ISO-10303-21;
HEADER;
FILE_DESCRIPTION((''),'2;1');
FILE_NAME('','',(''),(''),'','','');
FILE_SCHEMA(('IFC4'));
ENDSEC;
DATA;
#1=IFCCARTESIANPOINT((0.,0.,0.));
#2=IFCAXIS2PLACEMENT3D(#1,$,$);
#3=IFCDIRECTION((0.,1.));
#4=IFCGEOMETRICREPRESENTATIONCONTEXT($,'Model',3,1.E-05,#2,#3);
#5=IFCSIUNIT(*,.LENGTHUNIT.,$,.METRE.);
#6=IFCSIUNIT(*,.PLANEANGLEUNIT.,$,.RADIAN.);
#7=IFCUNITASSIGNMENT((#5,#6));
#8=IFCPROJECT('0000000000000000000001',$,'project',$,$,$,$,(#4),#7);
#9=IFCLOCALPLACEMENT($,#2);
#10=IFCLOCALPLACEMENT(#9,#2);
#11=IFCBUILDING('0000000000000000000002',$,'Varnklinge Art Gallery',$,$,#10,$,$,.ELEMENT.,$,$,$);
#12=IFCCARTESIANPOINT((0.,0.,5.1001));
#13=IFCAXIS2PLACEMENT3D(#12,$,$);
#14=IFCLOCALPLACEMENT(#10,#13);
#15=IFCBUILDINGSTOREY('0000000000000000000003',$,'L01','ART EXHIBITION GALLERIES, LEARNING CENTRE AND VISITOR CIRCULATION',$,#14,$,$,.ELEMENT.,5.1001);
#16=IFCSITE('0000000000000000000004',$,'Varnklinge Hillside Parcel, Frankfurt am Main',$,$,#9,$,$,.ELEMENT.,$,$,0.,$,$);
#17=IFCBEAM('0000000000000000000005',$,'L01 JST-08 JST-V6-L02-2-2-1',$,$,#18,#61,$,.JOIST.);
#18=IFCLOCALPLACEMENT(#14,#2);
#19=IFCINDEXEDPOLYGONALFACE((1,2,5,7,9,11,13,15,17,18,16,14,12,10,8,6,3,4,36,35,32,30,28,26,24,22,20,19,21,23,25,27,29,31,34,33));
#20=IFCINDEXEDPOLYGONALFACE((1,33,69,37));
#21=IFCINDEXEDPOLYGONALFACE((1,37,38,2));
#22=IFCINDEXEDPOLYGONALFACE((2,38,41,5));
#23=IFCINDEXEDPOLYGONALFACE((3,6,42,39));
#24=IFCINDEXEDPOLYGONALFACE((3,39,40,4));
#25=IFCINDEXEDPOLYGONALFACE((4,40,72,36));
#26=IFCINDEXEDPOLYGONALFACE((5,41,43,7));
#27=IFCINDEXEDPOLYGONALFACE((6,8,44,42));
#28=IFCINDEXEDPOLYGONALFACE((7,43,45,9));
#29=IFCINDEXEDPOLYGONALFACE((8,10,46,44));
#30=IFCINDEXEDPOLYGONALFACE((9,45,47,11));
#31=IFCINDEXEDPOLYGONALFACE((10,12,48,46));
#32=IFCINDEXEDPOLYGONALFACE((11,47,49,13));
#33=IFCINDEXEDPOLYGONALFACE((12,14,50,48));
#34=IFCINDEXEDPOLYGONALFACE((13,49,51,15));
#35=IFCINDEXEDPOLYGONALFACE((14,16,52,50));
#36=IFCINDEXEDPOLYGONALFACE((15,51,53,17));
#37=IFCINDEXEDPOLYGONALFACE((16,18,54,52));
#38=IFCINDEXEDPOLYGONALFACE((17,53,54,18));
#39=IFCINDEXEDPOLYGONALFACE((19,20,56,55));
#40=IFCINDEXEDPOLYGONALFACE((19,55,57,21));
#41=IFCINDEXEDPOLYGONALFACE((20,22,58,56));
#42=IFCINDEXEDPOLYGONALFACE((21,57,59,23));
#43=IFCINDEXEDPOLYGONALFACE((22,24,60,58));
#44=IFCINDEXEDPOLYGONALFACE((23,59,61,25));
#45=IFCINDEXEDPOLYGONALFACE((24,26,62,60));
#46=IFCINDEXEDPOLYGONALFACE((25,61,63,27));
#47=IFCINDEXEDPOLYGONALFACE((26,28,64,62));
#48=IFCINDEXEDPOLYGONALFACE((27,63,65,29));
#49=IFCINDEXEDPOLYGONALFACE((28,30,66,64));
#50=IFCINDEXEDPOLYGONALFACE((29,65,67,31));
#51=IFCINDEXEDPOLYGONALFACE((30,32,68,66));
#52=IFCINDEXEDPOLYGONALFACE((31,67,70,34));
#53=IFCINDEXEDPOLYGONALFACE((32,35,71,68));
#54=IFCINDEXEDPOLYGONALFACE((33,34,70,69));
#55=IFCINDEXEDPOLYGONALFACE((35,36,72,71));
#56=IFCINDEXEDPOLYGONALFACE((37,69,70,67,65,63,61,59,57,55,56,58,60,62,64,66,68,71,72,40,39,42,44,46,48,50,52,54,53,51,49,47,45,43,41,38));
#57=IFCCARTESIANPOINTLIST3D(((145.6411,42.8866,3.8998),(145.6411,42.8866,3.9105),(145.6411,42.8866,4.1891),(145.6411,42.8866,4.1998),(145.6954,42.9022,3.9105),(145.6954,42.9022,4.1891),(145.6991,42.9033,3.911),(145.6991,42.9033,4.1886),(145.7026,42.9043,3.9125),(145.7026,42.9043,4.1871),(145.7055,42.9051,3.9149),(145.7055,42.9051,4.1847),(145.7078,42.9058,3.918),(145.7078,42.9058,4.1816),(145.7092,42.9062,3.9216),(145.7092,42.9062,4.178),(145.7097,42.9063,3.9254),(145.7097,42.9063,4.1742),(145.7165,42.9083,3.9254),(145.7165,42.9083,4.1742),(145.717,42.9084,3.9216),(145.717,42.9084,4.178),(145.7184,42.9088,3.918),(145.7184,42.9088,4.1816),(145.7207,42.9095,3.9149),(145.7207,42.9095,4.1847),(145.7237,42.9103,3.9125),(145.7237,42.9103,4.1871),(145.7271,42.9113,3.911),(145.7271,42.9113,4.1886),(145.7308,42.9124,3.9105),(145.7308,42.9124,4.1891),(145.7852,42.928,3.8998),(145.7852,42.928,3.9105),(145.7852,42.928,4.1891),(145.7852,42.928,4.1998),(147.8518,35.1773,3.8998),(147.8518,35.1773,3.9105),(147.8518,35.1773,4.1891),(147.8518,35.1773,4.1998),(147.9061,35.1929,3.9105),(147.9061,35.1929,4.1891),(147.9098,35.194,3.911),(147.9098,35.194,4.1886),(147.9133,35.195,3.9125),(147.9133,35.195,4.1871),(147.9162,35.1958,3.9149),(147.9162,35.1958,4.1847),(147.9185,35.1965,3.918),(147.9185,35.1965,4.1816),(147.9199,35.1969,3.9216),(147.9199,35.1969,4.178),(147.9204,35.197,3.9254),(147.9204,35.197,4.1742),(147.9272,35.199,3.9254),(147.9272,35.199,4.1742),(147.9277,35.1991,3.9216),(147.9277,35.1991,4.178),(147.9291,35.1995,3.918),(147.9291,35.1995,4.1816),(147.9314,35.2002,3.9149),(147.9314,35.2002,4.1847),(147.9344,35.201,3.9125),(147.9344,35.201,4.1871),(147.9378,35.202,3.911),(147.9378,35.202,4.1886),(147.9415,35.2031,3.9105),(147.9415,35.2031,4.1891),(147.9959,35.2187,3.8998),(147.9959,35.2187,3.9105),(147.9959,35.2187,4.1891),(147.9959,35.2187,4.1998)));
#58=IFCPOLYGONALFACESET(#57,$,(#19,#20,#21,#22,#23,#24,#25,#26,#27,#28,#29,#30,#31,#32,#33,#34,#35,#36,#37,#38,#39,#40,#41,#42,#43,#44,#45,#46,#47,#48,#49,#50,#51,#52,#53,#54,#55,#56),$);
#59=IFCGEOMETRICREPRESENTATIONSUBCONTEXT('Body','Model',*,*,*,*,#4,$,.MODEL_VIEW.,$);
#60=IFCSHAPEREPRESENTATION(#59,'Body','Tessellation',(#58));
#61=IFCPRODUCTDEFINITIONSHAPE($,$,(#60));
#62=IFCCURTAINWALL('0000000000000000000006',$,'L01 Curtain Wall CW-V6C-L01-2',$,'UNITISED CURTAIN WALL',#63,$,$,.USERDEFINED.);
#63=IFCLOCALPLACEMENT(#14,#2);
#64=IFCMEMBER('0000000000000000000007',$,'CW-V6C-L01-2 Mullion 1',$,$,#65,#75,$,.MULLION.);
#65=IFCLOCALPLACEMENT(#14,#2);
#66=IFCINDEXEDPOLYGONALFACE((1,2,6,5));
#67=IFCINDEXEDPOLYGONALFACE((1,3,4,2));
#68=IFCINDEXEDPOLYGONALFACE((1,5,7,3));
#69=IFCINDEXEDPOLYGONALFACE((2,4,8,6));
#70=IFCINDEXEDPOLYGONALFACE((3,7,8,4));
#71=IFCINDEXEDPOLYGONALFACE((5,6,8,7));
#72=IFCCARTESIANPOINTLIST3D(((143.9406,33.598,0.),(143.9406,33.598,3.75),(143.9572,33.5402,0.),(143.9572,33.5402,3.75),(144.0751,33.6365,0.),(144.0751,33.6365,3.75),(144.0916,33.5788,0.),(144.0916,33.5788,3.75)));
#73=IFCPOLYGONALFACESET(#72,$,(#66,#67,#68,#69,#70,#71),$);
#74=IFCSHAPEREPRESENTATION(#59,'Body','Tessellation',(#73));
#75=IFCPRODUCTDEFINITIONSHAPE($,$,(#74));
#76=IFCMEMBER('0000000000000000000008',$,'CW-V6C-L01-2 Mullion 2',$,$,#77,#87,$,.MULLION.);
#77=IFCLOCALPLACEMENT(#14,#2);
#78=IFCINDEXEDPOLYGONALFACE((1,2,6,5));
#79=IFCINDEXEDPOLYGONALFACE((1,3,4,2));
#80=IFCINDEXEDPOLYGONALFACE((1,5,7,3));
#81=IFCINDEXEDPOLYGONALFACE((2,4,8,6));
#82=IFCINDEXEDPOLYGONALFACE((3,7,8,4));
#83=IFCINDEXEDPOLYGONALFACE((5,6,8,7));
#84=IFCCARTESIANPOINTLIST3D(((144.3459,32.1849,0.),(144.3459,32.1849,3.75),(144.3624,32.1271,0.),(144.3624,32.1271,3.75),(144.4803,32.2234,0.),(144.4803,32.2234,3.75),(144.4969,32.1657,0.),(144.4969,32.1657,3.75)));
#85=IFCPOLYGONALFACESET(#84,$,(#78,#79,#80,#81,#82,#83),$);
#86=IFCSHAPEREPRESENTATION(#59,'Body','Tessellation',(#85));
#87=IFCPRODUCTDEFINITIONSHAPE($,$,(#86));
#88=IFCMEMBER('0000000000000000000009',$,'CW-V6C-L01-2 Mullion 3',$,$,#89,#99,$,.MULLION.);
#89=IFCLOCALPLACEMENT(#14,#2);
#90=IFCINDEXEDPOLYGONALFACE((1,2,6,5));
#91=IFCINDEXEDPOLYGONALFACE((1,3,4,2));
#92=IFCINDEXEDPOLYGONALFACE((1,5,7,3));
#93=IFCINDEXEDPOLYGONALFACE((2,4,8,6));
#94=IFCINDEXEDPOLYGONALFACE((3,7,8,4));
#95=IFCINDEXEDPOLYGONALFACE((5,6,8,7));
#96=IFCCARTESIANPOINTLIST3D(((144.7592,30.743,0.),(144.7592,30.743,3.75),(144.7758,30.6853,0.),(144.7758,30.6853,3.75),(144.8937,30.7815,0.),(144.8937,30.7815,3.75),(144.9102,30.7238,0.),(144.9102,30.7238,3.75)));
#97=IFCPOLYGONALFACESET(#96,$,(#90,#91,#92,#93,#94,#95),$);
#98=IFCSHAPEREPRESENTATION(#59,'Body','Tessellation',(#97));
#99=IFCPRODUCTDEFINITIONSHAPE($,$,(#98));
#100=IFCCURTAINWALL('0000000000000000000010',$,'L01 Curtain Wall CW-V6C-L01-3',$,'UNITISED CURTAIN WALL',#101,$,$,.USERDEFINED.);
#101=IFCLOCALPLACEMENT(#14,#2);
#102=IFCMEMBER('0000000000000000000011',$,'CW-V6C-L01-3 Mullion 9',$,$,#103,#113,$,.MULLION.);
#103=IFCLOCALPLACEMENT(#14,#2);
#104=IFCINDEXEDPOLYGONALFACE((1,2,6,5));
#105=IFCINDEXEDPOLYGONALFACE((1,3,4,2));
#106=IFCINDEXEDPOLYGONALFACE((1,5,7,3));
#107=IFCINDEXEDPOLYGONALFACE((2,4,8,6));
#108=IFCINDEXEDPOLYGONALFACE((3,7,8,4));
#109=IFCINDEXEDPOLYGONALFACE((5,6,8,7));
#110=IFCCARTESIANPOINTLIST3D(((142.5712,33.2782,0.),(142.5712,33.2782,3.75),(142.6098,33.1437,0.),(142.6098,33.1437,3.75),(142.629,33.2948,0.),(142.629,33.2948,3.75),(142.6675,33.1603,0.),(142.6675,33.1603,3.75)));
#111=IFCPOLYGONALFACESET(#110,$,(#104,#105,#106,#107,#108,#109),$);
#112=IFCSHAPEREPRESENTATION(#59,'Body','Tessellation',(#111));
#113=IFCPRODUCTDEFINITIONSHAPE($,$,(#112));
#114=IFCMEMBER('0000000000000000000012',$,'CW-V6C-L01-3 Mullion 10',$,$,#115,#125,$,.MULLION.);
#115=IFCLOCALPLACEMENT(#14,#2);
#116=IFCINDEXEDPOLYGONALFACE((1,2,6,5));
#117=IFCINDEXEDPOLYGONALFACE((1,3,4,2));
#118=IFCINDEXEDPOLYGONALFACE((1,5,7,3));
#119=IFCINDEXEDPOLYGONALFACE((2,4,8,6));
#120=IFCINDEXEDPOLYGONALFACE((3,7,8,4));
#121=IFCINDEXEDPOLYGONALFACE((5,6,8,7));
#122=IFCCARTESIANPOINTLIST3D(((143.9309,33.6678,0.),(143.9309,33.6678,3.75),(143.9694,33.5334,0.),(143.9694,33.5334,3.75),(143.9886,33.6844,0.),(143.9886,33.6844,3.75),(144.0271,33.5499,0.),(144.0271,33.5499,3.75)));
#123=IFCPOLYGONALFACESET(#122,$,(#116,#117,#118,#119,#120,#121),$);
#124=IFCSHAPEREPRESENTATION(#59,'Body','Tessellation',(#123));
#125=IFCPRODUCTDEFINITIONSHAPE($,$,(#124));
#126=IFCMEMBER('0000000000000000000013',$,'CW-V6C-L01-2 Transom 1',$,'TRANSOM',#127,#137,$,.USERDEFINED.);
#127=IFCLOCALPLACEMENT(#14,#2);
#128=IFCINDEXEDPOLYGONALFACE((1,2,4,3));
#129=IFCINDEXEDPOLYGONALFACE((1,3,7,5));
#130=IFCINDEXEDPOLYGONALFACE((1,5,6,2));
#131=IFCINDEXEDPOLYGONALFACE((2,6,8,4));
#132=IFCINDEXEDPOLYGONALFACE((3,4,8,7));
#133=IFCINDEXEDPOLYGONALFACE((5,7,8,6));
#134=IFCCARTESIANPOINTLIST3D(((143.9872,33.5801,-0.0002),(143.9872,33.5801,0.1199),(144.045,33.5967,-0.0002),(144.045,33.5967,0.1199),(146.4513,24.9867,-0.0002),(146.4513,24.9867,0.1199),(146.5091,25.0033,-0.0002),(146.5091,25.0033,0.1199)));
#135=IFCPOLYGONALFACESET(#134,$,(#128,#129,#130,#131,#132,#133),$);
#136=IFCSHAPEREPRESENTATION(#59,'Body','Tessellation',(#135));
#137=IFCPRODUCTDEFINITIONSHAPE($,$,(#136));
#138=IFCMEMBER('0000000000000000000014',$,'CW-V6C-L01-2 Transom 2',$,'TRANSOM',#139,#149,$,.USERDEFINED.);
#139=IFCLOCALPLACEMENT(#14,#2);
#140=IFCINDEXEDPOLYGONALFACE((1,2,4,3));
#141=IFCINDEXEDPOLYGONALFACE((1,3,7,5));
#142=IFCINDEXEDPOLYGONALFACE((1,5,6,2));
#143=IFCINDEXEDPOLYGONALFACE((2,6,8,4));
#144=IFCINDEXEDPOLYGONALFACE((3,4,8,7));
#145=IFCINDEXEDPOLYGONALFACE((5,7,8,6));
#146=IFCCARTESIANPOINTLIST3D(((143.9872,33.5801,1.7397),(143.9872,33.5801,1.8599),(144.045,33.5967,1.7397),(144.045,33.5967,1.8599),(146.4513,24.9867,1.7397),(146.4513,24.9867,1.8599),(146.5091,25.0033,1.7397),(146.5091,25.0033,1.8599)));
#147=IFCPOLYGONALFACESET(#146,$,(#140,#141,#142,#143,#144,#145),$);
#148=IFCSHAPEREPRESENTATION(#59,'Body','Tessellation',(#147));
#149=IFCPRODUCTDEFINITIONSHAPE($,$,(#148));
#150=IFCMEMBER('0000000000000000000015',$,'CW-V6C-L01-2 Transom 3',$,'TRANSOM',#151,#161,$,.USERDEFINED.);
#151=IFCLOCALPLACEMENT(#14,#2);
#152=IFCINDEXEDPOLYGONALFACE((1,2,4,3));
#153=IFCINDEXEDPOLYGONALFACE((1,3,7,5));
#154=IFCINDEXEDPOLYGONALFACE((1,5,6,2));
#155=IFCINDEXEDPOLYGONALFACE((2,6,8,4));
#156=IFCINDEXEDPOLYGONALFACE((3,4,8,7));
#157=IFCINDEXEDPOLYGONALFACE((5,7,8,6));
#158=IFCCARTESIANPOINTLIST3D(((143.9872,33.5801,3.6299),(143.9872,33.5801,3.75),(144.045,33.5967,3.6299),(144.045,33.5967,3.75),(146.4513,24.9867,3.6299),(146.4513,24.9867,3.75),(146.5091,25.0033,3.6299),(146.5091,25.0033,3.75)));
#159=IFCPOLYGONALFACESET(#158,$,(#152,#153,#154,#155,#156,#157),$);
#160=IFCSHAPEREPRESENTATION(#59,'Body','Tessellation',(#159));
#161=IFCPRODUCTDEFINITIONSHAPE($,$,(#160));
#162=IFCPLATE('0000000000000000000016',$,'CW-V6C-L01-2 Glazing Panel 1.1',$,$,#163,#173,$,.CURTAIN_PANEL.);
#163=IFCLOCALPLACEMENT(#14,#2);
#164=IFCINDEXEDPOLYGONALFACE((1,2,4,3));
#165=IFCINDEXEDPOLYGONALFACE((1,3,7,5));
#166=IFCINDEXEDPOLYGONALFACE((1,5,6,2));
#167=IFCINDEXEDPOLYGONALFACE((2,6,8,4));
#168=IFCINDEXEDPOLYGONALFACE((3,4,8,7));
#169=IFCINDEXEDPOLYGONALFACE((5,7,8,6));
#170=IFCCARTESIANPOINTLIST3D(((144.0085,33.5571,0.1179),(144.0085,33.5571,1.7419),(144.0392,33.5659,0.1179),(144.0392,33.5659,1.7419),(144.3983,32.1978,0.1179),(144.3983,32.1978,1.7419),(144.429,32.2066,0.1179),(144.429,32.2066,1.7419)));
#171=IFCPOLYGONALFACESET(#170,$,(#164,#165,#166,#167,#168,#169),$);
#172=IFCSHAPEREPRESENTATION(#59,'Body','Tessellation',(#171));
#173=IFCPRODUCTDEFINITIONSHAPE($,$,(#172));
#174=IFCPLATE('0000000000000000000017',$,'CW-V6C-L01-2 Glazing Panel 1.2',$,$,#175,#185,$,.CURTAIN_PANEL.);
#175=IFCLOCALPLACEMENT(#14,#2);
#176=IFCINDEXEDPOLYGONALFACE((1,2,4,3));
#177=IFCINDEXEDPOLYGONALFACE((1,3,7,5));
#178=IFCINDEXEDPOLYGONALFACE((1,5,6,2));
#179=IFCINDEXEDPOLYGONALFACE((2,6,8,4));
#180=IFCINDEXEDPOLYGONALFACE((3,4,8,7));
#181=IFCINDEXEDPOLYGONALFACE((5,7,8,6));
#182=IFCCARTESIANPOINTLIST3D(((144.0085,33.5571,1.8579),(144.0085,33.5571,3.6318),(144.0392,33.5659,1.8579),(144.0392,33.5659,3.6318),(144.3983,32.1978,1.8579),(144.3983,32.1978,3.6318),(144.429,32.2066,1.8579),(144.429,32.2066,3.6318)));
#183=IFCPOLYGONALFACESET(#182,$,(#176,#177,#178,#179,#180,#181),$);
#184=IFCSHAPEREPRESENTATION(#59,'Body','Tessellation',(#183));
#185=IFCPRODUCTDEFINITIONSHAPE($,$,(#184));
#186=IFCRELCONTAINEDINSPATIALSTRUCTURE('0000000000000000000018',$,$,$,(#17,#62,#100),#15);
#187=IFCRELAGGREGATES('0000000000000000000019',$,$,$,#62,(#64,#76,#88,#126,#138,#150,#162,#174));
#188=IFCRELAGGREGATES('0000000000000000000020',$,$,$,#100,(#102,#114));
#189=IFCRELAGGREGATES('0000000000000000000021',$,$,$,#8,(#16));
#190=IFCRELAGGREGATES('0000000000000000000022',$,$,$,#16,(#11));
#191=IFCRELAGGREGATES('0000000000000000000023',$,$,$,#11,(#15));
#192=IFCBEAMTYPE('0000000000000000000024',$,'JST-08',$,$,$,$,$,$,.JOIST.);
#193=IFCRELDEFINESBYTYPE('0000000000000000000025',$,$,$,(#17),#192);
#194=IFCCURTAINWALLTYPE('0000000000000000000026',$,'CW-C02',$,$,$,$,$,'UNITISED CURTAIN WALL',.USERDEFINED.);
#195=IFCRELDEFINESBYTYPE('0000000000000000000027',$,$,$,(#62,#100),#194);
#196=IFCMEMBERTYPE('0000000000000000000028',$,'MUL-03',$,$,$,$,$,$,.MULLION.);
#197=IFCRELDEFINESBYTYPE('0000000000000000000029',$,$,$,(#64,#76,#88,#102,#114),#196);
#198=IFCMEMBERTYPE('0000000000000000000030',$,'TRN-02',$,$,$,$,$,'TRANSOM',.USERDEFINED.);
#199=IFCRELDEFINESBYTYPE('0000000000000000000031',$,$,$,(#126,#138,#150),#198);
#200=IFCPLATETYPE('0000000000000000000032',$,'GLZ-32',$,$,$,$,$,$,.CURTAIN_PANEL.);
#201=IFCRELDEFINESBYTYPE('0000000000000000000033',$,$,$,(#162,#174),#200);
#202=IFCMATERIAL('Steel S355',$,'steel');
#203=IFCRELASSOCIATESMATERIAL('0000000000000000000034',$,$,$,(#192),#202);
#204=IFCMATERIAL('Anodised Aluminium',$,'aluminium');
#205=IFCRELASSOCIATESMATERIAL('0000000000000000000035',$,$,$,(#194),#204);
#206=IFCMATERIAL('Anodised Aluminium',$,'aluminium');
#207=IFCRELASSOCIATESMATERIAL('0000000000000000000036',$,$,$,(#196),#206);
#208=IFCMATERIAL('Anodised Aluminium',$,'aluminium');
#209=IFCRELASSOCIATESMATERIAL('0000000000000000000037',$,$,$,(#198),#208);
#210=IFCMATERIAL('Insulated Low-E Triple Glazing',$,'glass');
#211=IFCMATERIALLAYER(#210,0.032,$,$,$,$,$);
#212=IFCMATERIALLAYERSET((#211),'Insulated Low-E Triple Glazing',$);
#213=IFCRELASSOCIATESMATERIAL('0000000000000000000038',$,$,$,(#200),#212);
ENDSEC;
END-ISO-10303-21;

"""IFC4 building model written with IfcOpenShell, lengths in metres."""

from ifc_helpers import new_model, si_unit, direction, frame, origin, origin_2d, place, context, subcontext, project, spatial, rectangle, i_section, extrude, material, layer, layer_set, material_profile, profile_set, type_object, element, aggregate, save


model = new_model("IFC4")

# Units and contexts
model_context = context("Model", 3, precision=1e-05, world=origin(), true_north=direction((0.0, 1.0)))
body_context = subcontext(model_context, "Body", "Model", "MODEL_VIEW")
ifc_project = project(units=[si_unit("LENGTHUNIT", "METRE"), si_unit("PLANEANGLEUNIT", "RADIAN")], contexts=[model_context])

# Site, building, storey
site_placement = place(None, origin())
site = spatial("IfcSite", under=ifc_project, at=site_placement, Name="Varnklinge Hillside Parcel, Frankfurt am Main", CompositionType="ELEMENT", RefElevation=0.0)
building_placement = place(site_placement, origin())
building = spatial("IfcBuilding", under=site, at=building_placement, Name="Varnklinge Art Gallery", CompositionType="ELEMENT")
storey_placement = place(building_placement, frame((0.0, 0.0, 5.1001)))
storey = spatial("IfcBuildingStorey", under=building, at=storey_placement, Name="L01", Description="ART EXHIBITION GALLERIES, LEARNING CENTRE AND VISITOR CIRCULATION", CompositionType="ELEMENT", Elevation=5.1001)

# Beam
ifc_material_1 = material(Name="Steel S355", Category="steel")
ifc_material_profile_1 = material_profile(ifc_material_1, i_section(OverallWidth=0.1499, OverallDepth=0.3, WebThickness=0.0071, FlangeThickness=0.0107, FilletRadius=0.0149, at=origin_2d()), Name="IPE 300")
ifc_profile_set_1 = profile_set([ifc_material_profile_1], Name="Steel S355")
beam_type_1 = type_object("IfcBeamType", Name="JST-08", PredefinedType="JOIST", material=ifc_profile_set_1)
beam_1_placement = place(storey_placement, frame((147.9238, 35.198, 4.0498), z_axis=(-0.27565, 0.961258, 0.0), x_axis=(-0.961258, -0.27565, 0.0)))
element("IfcBeam", 1, at=beam_1_placement, inside=storey, type_object=beam_type_1, Name="L01 JST-08 JST-V6-L02-2-2-1", PredefinedType="JOIST", context=body_context, shape_type="SweptSolid", body=[
    extrude(i_section(OverallWidth=0.1499, OverallDepth=0.3, WebThickness=0.0071, FlangeThickness=0.0107, FilletRadius=0.0149, at=origin_2d()), origin(), (0.0, 0.0, 1.0), 8.02),
])

# Curtain walls, members
ifc_material_2 = material(Name="Anodised Aluminium", Category="aluminium")
curtain_wall_type = type_object("IfcCurtainWallType", Name="CW-C02", ElementType="UNITISED CURTAIN WALL", PredefinedType="USERDEFINED", material=ifc_material_2)
curtain_wall_1_placement = place(storey_placement, origin())
curtain_wall_1 = element("IfcCurtainWall", 2, at=curtain_wall_1_placement, inside=storey, type_object=curtain_wall_type, Name="L01 Curtain Wall CW-V6C-L01-2", ObjectType="UNITISED CURTAIN WALL", PredefinedType="USERDEFINED")
ifc_material_3 = material(Name="Anodised Aluminium", Category="aluminium")
ifc_material_profile_2 = material_profile(ifc_material_3, rectangle(XDim=0.0601, YDim=0.1399, at=origin_2d()), Name="ALU 60x140")
ifc_profile_set_2 = profile_set([ifc_material_profile_2], Name="Anodised Aluminium")
member_type_1 = type_object("IfcMemberType", Name="MUL-03", PredefinedType="MULLION", material=ifc_profile_set_2)
member_1_placement = place(storey_placement, frame((144.0161, 33.5884, 0.0), z_axis=(0.0, 0.0, 1.0), x_axis=(0.275637, -0.961262, 0.0)))
member_1 = element("IfcMember", 3, at=member_1_placement, type_object=member_type_1, Name="CW-V6C-L01-2 Mullion 1", PredefinedType="MULLION", context=body_context, shape_type="SweptSolid", body=[
    extrude(rectangle(XDim=0.0601, YDim=0.1399, at=origin_2d()), origin(), (0.0, 0.0, 1.0), 3.75),
])
member_2_placement = place(storey_placement, frame((144.4214, 32.1753, 0.0), z_axis=(0.0, 0.0, 1.0), x_axis=(0.275637, -0.961262, 0.0)))
member_2 = element("IfcMember", 4, at=member_2_placement, type_object=member_type_1, Name="CW-V6C-L01-2 Mullion 2", PredefinedType="MULLION", context=body_context, shape_type="SweptSolid", body=[
    extrude(rectangle(XDim=0.0601, YDim=0.1399, at=origin_2d()), origin(), (0.0, 0.0, 1.0), 3.75),
])
member_3_placement = place(storey_placement, frame((144.8347, 30.7334, 0.0), z_axis=(0.0, 0.0, 1.0), x_axis=(0.275637, -0.961262, 0.0)))
member_3 = element("IfcMember", 5, at=member_3_placement, type_object=member_type_1, Name="CW-V6C-L01-2 Mullion 3", PredefinedType="MULLION", context=body_context, shape_type="SweptSolid", body=[
    extrude(rectangle(XDim=0.0601, YDim=0.1399, at=origin_2d()), origin(), (0.0, 0.0, 1.0), 3.75),
])
curtain_wall_2_placement = place(storey_placement, origin())
curtain_wall_2 = element("IfcCurtainWall", 6, at=curtain_wall_2_placement, inside=storey, type_object=curtain_wall_type, Name="L01 Curtain Wall CW-V6C-L01-3", ObjectType="UNITISED CURTAIN WALL", PredefinedType="USERDEFINED")
member_4_placement = place(storey_placement, frame((142.6194, 33.2192, 0.0), z_axis=(0.0, 0.0, 1.0), x_axis=(0.961262, 0.275637, 0.0)))
member_4 = element("IfcMember", 7, at=member_4_placement, type_object=member_type_1, Name="CW-V6C-L01-3 Mullion 9", PredefinedType="MULLION", context=body_context, shape_type="SweptSolid", body=[
    extrude(rectangle(XDim=0.0601, YDim=0.1399, at=origin_2d()), origin(), (0.0, 0.0, 1.0), 3.75),
])
member_5_placement = place(storey_placement, frame((143.979, 33.6089, 0.0), z_axis=(0.0, 0.0, 1.0), x_axis=(0.961262, 0.275637, 0.0)))
member_5 = element("IfcMember", 8, at=member_5_placement, type_object=member_type_1, Name="CW-V6C-L01-3 Mullion 10", PredefinedType="MULLION", context=body_context, shape_type="SweptSolid", body=[
    extrude(rectangle(XDim=0.0601, YDim=0.1399, at=origin_2d()), origin(), (0.0, 0.0, 1.0), 3.75),
])

# Members
ifc_material_4 = material(Name="Anodised Aluminium", Category="aluminium")
ifc_material_profile_3 = material_profile(ifc_material_4, rectangle(XDim=0.0601, YDim=0.1201, at=origin_2d()), Name="ALU 60x120")
ifc_profile_set_3 = profile_set([ifc_material_profile_3], Name="Anodised Aluminium")
member_type_2 = type_object("IfcMemberType", Name="TRN-02", ElementType="TRANSOM", PredefinedType="USERDEFINED", material=ifc_profile_set_3)
member_6_placement = place(storey_placement, frame((144.0161, 33.5884, 0.0598), z_axis=(0.275634, -0.961263, 0.0), x_axis=(0.961263, 0.275634, 0.0)))
member_6 = element("IfcMember", 9, at=member_6_placement, type_object=member_type_2, Name="CW-V6C-L01-2 Transom 1", ObjectType="TRANSOM", PredefinedType="USERDEFINED", context=body_context, shape_type="SweptSolid", body=[
    extrude(rectangle(XDim=0.0601, YDim=0.1201, at=origin_2d()), origin(), (0.0, 0.0, 1.0), 8.9397),
])
member_7_placement = place(storey_placement, frame((144.0161, 33.5884, 1.7998), z_axis=(0.275634, -0.961263, 0.0), x_axis=(0.961263, 0.275634, 0.0)))
member_7 = element("IfcMember", 10, at=member_7_placement, type_object=member_type_2, Name="CW-V6C-L01-2 Transom 2", ObjectType="TRANSOM", PredefinedType="USERDEFINED", context=body_context, shape_type="SweptSolid", body=[
    extrude(rectangle(XDim=0.0601, YDim=0.1201, at=origin_2d()), origin(), (0.0, 0.0, 1.0), 8.9397),
])
member_8_placement = place(storey_placement, frame((144.0161, 33.5884, 3.6899), z_axis=(0.275634, -0.961263, 0.0), x_axis=(0.961263, 0.275634, 0.0)))
member_8 = element("IfcMember", 11, at=member_8_placement, type_object=member_type_2, Name="CW-V6C-L01-2 Transom 3", ObjectType="TRANSOM", PredefinedType="USERDEFINED", context=body_context, shape_type="SweptSolid", body=[
    extrude(rectangle(XDim=0.0601, YDim=0.1201, at=origin_2d()), origin(), (0.0, 0.0, 1.0), 8.9397),
])

# Plates
ifc_material_5 = material(Name="Insulated Low-E Triple Glazing", Category="glass")
ifc_layer_1 = layer(ifc_material_5, 0.032)
ifc_layer_set_1 = layer_set([ifc_layer_1], Name="Insulated Low-E Triple Glazing")
plate_type = type_object("IfcPlateType", Name="GLZ-32", PredefinedType="CURTAIN_PANEL", material=ifc_layer_set_1)
plate_1_placement = place(storey_placement, frame((144.2188, 32.8818, 0.1179), z_axis=(0.0, 0.0, 1.0), x_axis=(0.275637, -0.961262, 0.0)))
plate_1 = element("IfcPlate", 12, at=plate_1_placement, type_object=plate_type, Name="CW-V6C-L01-2 Glazing Panel 1.1", PredefinedType="CURTAIN_PANEL", context=body_context, shape_type="SweptSolid", body=[
    extrude(rectangle(XDim=1.4141, YDim=0.032, at=origin_2d()), origin(), (0.0, 0.0, 1.0), 1.624),
])
plate_2_placement = place(storey_placement, frame((144.2188, 32.8818, 1.8579), z_axis=(0.0, 0.0, 1.0), x_axis=(0.275637, -0.961262, 0.0)))
plate_2 = element("IfcPlate", 13, at=plate_2_placement, type_object=plate_type, Name="CW-V6C-L01-2 Glazing Panel 1.2", PredefinedType="CURTAIN_PANEL", context=body_context, shape_type="SweptSolid", body=[
    extrude(rectangle(XDim=1.4141, YDim=0.032, at=origin_2d()), origin(), (0.0, 0.0, 1.0), 1.7739),
])
aggregate(curtain_wall_1, [member_1, member_2, member_3, member_6, member_7, member_8, plate_1, plate_2])
aggregate(curtain_wall_2, [member_4, member_5])

save(model, "model.ifc")
